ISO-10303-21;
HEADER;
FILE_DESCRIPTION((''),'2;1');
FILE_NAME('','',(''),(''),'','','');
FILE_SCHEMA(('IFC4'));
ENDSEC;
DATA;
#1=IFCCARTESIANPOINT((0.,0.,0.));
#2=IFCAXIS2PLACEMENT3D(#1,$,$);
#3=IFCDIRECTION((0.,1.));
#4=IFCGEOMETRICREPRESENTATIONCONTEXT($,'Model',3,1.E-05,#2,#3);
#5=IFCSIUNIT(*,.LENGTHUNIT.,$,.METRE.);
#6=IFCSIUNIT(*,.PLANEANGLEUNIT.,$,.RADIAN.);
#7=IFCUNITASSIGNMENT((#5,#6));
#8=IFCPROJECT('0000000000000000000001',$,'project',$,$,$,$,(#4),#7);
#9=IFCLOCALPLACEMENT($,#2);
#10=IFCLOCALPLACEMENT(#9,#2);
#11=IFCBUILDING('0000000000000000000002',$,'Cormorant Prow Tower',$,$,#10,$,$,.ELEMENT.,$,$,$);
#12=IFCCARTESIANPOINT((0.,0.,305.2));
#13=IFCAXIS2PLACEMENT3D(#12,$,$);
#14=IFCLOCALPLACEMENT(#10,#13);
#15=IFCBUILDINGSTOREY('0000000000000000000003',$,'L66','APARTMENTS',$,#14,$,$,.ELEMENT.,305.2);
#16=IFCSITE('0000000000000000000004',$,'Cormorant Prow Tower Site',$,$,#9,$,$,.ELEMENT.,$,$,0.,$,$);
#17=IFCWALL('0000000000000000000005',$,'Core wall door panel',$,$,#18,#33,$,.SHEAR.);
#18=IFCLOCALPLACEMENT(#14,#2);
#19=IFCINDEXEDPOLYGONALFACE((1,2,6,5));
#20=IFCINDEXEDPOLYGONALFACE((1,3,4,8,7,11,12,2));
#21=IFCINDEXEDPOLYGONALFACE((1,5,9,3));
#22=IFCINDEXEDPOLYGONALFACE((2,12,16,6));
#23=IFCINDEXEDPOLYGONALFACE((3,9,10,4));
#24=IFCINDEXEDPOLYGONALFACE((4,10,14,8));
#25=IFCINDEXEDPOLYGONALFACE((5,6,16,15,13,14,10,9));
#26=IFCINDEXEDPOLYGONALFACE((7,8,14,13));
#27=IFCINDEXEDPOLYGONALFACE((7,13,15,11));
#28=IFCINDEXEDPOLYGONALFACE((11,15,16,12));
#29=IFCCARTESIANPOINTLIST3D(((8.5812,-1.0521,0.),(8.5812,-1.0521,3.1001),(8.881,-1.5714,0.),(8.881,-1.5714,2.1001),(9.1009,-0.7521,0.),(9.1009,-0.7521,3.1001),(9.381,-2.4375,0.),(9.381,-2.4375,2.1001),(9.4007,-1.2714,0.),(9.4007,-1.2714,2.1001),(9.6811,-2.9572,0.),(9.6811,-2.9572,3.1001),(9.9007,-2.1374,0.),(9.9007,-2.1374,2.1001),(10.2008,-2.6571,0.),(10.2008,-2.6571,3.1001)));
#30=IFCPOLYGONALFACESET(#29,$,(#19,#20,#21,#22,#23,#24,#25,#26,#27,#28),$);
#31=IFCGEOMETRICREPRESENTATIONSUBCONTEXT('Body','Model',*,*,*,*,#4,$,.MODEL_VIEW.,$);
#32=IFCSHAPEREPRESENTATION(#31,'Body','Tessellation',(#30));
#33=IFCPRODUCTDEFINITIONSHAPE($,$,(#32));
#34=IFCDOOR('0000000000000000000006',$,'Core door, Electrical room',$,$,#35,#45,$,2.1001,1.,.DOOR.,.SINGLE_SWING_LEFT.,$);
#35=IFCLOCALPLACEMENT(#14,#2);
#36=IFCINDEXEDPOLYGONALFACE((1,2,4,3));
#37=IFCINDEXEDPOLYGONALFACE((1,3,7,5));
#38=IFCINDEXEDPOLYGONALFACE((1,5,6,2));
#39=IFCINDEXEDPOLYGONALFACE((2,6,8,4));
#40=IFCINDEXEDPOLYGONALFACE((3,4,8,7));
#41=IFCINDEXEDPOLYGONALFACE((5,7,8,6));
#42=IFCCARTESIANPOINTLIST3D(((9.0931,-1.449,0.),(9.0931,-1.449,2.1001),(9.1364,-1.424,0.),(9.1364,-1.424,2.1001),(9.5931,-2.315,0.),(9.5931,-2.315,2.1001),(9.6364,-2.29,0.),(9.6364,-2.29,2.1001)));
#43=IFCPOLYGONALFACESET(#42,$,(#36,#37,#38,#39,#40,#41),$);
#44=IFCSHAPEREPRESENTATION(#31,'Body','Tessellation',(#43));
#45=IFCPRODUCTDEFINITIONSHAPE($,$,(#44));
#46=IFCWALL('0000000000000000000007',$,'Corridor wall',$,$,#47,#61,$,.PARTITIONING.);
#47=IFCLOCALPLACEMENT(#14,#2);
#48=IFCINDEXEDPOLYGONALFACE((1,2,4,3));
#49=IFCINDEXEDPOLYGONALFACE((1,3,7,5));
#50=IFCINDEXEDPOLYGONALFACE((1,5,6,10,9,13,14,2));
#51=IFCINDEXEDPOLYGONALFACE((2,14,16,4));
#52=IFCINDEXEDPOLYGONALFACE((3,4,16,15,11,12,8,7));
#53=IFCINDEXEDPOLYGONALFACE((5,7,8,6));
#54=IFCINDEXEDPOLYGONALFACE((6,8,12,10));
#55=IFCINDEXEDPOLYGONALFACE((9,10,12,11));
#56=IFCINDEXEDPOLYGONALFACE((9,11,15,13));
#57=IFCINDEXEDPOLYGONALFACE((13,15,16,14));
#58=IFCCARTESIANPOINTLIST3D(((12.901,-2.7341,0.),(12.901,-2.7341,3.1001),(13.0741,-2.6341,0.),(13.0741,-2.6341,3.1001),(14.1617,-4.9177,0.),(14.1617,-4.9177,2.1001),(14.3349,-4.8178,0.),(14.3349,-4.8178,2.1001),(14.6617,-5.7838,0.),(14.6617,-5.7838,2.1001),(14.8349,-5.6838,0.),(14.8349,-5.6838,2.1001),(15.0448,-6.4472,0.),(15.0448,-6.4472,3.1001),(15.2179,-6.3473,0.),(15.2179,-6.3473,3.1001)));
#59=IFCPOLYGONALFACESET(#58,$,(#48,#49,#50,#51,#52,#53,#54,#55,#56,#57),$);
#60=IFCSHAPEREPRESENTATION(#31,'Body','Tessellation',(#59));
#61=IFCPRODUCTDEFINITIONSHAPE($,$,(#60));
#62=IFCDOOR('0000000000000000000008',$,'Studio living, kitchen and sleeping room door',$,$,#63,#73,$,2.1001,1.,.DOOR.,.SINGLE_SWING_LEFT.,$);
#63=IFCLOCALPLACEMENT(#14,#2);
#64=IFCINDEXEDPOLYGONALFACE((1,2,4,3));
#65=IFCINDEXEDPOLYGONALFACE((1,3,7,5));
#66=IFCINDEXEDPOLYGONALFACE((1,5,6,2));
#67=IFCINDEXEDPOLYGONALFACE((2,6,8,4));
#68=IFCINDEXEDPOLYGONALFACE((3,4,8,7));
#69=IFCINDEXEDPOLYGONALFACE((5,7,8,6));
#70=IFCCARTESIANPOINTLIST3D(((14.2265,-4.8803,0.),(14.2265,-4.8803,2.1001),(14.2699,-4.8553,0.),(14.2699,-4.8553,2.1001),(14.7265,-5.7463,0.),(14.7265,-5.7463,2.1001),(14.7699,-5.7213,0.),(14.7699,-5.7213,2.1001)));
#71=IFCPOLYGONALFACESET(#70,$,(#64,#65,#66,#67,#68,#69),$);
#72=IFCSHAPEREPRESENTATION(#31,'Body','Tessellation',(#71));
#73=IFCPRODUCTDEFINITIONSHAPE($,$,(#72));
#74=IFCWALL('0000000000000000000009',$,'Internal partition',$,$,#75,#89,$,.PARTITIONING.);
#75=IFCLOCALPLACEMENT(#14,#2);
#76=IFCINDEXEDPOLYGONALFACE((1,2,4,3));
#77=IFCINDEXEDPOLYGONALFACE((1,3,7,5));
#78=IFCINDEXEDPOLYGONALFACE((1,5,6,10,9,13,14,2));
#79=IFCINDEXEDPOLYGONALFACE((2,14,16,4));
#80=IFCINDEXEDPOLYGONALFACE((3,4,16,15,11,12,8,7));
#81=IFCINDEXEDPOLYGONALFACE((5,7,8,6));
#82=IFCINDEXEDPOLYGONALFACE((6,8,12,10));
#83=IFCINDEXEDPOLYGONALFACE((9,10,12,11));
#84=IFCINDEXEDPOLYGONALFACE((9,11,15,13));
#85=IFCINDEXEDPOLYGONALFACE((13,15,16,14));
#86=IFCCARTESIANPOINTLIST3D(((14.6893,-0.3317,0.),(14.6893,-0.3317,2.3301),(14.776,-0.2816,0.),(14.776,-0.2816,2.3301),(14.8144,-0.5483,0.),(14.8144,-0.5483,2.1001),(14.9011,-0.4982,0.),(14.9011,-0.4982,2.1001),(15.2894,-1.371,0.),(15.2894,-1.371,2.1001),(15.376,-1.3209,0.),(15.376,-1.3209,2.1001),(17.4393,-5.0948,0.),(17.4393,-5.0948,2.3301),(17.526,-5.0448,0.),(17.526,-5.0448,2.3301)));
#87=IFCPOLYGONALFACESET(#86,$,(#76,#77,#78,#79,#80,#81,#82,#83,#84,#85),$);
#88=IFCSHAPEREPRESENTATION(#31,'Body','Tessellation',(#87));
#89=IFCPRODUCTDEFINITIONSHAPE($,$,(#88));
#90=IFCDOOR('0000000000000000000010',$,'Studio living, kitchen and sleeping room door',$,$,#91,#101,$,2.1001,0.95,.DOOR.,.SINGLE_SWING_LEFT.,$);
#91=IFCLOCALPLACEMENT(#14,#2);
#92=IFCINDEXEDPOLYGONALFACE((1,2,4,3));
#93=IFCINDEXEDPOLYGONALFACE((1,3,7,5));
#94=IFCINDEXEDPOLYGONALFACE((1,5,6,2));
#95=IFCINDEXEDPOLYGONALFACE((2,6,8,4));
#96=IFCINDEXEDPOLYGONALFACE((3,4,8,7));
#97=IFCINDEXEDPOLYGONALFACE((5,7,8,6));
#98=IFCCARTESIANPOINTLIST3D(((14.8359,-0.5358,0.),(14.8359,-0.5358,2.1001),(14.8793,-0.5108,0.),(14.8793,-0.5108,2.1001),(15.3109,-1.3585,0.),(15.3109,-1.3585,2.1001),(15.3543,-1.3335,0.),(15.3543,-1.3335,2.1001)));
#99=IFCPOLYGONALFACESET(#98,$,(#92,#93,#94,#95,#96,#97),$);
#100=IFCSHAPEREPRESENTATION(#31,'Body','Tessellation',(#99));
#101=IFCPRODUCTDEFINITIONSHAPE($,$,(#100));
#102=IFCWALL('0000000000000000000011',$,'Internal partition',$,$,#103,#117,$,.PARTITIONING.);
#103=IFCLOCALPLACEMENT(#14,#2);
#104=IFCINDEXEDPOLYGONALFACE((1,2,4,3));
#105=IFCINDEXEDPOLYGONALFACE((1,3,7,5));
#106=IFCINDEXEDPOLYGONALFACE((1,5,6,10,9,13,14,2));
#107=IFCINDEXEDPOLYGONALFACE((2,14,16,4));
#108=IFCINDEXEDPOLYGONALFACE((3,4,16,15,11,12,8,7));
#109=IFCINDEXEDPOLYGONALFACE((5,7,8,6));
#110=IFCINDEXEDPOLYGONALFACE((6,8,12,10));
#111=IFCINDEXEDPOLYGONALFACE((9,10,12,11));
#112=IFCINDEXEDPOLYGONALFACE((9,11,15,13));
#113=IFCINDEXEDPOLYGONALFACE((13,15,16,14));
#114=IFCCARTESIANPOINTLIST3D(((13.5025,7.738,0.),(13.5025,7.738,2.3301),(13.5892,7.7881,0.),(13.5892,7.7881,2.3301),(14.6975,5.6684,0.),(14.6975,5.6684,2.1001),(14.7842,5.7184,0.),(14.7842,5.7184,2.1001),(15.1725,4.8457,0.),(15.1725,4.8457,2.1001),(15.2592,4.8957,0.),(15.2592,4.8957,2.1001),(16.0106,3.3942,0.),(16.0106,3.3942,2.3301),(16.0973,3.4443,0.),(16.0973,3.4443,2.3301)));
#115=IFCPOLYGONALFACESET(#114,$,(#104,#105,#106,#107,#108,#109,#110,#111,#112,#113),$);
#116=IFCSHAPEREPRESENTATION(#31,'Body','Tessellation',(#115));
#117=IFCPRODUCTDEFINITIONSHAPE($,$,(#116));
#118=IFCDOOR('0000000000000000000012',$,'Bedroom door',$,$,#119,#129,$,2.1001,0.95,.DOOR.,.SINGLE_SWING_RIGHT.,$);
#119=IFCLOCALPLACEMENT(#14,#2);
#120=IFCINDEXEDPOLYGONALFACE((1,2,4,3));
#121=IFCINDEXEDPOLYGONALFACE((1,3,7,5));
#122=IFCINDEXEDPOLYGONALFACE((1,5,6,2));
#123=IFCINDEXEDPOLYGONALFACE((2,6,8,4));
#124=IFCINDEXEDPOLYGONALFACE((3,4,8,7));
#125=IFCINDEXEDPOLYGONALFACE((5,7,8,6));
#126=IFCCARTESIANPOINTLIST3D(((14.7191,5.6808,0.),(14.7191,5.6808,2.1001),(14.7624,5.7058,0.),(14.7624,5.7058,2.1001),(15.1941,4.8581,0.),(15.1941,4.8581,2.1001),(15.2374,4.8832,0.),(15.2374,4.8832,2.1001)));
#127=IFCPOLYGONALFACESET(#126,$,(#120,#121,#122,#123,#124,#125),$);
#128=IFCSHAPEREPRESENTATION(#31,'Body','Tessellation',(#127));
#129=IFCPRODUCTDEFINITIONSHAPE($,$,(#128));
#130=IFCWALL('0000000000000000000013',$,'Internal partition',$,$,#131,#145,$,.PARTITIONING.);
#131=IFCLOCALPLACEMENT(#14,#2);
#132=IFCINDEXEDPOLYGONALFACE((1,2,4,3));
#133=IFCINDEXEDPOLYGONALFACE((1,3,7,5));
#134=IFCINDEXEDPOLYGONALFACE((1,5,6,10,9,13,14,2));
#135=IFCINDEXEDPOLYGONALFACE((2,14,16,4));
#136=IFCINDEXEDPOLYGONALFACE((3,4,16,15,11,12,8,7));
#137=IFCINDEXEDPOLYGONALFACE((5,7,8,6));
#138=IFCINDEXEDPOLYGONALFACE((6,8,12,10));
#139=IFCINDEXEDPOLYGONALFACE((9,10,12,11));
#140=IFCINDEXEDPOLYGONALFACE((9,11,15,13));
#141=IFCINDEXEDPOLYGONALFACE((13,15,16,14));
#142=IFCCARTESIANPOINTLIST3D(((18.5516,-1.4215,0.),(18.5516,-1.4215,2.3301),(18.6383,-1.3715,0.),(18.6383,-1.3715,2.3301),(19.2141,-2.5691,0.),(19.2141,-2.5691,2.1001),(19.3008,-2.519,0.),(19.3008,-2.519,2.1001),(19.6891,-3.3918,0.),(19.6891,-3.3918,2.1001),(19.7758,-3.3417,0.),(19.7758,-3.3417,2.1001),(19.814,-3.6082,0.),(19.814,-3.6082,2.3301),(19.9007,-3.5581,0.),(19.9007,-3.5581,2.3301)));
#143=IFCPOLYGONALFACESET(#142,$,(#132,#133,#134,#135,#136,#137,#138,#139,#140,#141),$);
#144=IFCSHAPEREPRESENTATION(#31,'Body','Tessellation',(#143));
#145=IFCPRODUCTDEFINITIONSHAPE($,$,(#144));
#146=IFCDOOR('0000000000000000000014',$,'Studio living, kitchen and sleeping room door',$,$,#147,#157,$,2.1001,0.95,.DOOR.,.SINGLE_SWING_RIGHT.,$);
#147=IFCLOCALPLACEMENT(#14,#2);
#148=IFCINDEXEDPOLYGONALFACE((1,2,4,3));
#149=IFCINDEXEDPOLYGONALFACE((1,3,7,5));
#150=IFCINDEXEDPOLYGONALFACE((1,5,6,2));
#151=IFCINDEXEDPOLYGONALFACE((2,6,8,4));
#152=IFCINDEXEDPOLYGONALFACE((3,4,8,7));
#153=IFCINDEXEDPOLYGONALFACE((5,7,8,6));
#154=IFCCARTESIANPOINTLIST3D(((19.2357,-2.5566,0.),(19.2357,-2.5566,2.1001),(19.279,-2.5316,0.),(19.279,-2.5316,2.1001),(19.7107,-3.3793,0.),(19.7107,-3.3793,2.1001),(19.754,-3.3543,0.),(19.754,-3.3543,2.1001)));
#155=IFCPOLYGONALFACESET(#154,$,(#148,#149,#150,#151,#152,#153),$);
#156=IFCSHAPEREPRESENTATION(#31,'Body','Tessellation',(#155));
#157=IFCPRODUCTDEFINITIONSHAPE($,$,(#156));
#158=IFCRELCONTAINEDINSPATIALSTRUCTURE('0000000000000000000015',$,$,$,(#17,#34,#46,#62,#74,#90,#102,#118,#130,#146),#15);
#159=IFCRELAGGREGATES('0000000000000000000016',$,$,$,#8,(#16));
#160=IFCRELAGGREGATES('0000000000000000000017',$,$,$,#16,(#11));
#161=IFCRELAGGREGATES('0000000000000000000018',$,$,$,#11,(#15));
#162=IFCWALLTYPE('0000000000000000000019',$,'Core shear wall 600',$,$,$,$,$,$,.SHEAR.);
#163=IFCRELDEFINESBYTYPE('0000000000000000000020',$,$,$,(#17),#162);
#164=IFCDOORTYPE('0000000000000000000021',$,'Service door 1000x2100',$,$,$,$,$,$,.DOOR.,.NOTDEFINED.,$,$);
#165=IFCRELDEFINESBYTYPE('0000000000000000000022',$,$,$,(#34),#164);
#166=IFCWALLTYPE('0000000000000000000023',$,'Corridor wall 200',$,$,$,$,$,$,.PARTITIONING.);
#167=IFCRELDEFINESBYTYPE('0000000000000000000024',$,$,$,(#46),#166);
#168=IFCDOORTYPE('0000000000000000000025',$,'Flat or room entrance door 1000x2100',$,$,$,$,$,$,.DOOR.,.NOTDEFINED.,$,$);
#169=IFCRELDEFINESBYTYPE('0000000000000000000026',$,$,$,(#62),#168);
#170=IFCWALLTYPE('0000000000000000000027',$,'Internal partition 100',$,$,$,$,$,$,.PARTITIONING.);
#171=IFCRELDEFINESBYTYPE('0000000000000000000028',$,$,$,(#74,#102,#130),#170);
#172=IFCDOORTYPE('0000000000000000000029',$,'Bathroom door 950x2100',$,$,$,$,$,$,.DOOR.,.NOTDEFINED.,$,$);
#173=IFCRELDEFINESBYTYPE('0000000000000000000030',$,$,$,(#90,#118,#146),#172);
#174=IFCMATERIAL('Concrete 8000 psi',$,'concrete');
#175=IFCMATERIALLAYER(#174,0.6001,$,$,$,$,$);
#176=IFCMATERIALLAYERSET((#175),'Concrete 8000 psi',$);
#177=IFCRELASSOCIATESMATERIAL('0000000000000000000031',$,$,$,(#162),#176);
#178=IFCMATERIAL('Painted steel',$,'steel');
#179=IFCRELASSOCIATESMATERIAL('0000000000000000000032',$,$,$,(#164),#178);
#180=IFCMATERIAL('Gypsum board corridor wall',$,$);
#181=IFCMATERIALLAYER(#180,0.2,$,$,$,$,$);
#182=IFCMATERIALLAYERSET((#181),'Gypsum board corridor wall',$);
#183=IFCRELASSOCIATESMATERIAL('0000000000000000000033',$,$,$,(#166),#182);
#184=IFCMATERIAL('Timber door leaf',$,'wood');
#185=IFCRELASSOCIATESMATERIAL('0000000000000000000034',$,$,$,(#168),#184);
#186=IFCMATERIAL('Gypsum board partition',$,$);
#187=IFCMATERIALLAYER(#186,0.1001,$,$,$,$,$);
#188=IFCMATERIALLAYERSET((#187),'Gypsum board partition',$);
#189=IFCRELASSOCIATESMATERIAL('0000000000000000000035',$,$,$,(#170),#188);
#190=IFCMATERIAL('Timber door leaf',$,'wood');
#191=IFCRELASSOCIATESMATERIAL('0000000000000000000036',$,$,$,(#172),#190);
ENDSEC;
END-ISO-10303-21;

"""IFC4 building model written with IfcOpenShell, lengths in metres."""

from ifc_helpers import new_model, si_unit, direction, frame, frame_2d, origin, place, context, subcontext, project, spatial, rectangle, extrude, material, layer, layer_set, type_object, element, fill, save


model = new_model("IFC4")

# Units and contexts
model_context = context("Model", 3, precision=1e-05, world=origin(), true_north=direction((0.0, 1.0)))
body_context = subcontext(model_context, "Body", "Model", "MODEL_VIEW")
ifc_project = project(units=[si_unit("LENGTHUNIT", "METRE"), si_unit("PLANEANGLEUNIT", "RADIAN")], contexts=[model_context])

# Site, building, storey
site_placement = place(None, origin())
site = spatial("IfcSite", under=ifc_project, at=site_placement, Name="Cormorant Prow Tower Site", CompositionType="ELEMENT", RefElevation=0.0)
building_placement = place(site_placement, origin())
building = spatial("IfcBuilding", under=site, at=building_placement, Name="Cormorant Prow Tower", CompositionType="ELEMENT")
storey_placement = place(building_placement, frame((0.0, 0.0, 305.2)))
storey = spatial("IfcBuildingStorey", under=building, at=storey_placement, Name="L66", Description="APARTMENTS", CompositionType="ELEMENT", Elevation=305.2)

# Walls, openings, doors
ifc_material_1 = material(Name="Concrete 8000 psi", Category="concrete")
ifc_layer_1 = layer(ifc_material_1, 0.6001)
ifc_layer_set_1 = layer_set([ifc_layer_1], Name="Concrete 8000 psi")
wall_type_1 = type_object("IfcWallType", Name="Core shear wall 600", PredefinedType="SHEAR", material=ifc_layer_set_1)
wall_1_placement = place(storey_placement, frame((9.9409, -2.8071, 0.0), z_axis=(0.0, 0.0, 1.0), x_axis=(-0.499995, 0.866028, 0.0)))
wall_1 = element("IfcWall", 1, at=wall_1_placement, inside=storey, type_object=wall_type_1, Name="Core wall door panel", PredefinedType="SHEAR", context=body_context, shape_type="SweptSolid", body=[
    extrude(rectangle(XDim=2.1997, YDim=0.6001, at=frame_2d((1.0999, 0.0))), origin(), (0.0, 0.0, 1.0), 3.1001),
])
opening_1_placement = place(wall_1_placement, frame((0.6001, 0.0, 0.0)))
opening_1 = element("IfcOpeningElement", 2, at=opening_1_placement, cuts=wall_1, PredefinedType="OPENING", context=body_context, shape_type="SweptSolid", body=[
    extrude(rectangle(XDim=1.0, YDim=2.1001, at=frame_2d((0.5, 1.05))), frame((0.0, 0.3101, 0.0), z_axis=(0.0, -1.0, 0.0), x_axis=(1.0, 0.0, 0.0)), (0.0, 0.0, 1.0), 0.6201),
])
ifc_material_2 = material(Name="Painted steel", Category="steel")
door_type_1 = type_object("IfcDoorType", Name="Service door 1000x2100", OperationType="NOTDEFINED", PredefinedType="DOOR", material=ifc_material_2)
door_1_placement = place(opening_1_placement, origin())
door_1 = element("IfcDoor", 3, at=door_1_placement, inside=storey, type_object=door_type_1, Name="Core door, Electrical room", OperationType="SINGLE_SWING_LEFT", OverallHeight=2.1001, OverallWidth=1.0, PredefinedType="DOOR", context=body_context, shape_type="SweptSolid", body=[
    extrude(rectangle(XDim=1.0, YDim=2.1001, at=frame_2d((0.5, 1.05))), frame((0.0, 0.0552, 0.0), z_axis=(0.0, -1.0, 0.0), x_axis=(1.0, 0.0, 0.0)), (0.0, 0.0, 1.0), 0.05),
])
fill(opening_1, door_1)
ifc_material_3 = material(Name="Gypsum board corridor wall")
ifc_layer_2 = layer(ifc_material_3, 0.2)
ifc_layer_set_2 = layer_set([ifc_layer_2], Name="Gypsum board corridor wall")
wall_type_2 = type_object("IfcWallType", Name="Corridor wall 200", PredefinedType="PARTITIONING", material=ifc_layer_set_2)
wall_2_placement = place(storey_placement, frame((12.9875, -2.6841, 0.0), z_axis=(0.0, 0.0, 1.0), x_axis=(0.500003, -0.866023, 0.0)))
wall_2 = element("IfcWall", 4, at=wall_2_placement, inside=storey, type_object=wall_type_2, Name="Corridor wall", PredefinedType="PARTITIONING", context=body_context, shape_type="SweptSolid", body=[
    extrude(rectangle(XDim=4.2876, YDim=0.2, at=frame_2d((2.1438, 0.0))), origin(), (0.0, 0.0, 1.0), 3.1001),
])
opening_2_placement = place(wall_2_placement, frame((2.5215, 0.0, 0.0)))
opening_2 = element("IfcOpeningElement", 5, at=opening_2_placement, cuts=wall_2, PredefinedType="OPENING", context=body_context, shape_type="SweptSolid", body=[
    extrude(rectangle(XDim=1.0, YDim=2.1001, at=frame_2d((0.5, 1.05))), frame((0.0, 0.1099, 0.0), z_axis=(0.0, -1.0, 0.0), x_axis=(1.0, 0.0, 0.0)), (0.0, 0.0, 1.0), 0.22),
])
ifc_material_4 = material(Name="Timber door leaf", Category="wood")
door_type_2 = type_object("IfcDoorType", Name="Flat or room entrance door 1000x2100", OperationType="NOTDEFINED", PredefinedType="DOOR", material=ifc_material_4)
door_2_placement = place(opening_2_placement, origin())
door_2 = element("IfcDoor", 6, at=door_2_placement, inside=storey, type_object=door_type_2, Name="Studio living, kitchen and sleeping room door", OperationType="SINGLE_SWING_LEFT", OverallHeight=2.1001, OverallWidth=1.0, PredefinedType="DOOR", context=body_context, shape_type="SweptSolid", body=[
    extrude(rectangle(XDim=1.0, YDim=2.1001, at=frame_2d((0.5, 1.05))), frame((0.0, 0.0249, 0.0), z_axis=(0.0, -1.0, 0.0), x_axis=(1.0, 0.0, 0.0)), (0.0, 0.0, 1.0), 0.05),
])
fill(opening_2, door_2)
ifc_material_5 = material(Name="Gypsum board partition")
ifc_layer_3 = layer(ifc_material_5, 0.1001)
ifc_layer_set_3 = layer_set([ifc_layer_3], Name="Gypsum board partition")
wall_type_3 = type_object("IfcWallType", Name="Internal partition 100", PredefinedType="PARTITIONING", material=ifc_layer_set_3)
wall_3_placement = place(storey_placement, frame((14.7327, -0.3066, 0.0), z_axis=(0.0, 0.0, 1.0), x_axis=(0.499997, -0.866027, 0.0)))
wall_3 = element("IfcWall", 7, at=wall_3_placement, inside=storey, type_object=wall_type_3, Name="Internal partition", PredefinedType="PARTITIONING", context=body_context, shape_type="SweptSolid", body=[
    extrude(rectangle(XDim=5.5, YDim=0.1001, at=frame_2d((2.75, 0.0))), origin(), (0.0, 0.0, 1.0), 2.3301),
])
opening_3_placement = place(wall_3_placement, frame((0.25, 0.0, 0.0)))
opening_3 = element("IfcOpeningElement", 8, at=opening_3_placement, cuts=wall_3, PredefinedType="OPENING", context=body_context, shape_type="SweptSolid", body=[
    extrude(rectangle(XDim=0.95, YDim=2.1001, at=frame_2d((0.4751, 1.05))), frame((0.0, 0.0601, 0.0), z_axis=(0.0, -1.0, 0.0), x_axis=(1.0, 0.0, 0.0)), (0.0, 0.0, 1.0), 0.1201),
])
ifc_material_6 = material(Name="Timber door leaf", Category="wood")
door_type_3 = type_object("IfcDoorType", Name="Bathroom door 950x2100", OperationType="NOTDEFINED", PredefinedType="DOOR", material=ifc_material_6)
door_3_placement = place(opening_3_placement, origin())
door_3 = element("IfcDoor", 9, at=door_3_placement, inside=storey, type_object=door_type_3, Name="Studio living, kitchen and sleeping room door", OperationType="SINGLE_SWING_LEFT", OverallHeight=2.1001, OverallWidth=0.95, PredefinedType="DOOR", context=body_context, shape_type="SweptSolid", body=[
    extrude(rectangle(XDim=0.95, YDim=2.1001, at=frame_2d((0.4751, 1.05))), frame((0.0, 0.0249, 0.0), z_axis=(0.0, -1.0, 0.0), x_axis=(1.0, 0.0, 0.0)), (0.0, 0.0, 1.0), 0.05),
])
fill(opening_3, door_3)
wall_4_placement = place(storey_placement, frame((13.5459, 7.7629, 0.0), z_axis=(0.0, 0.0, 1.0), x_axis=(0.500029, -0.866009, 0.0)))
wall_4 = element("IfcWall", 10, at=wall_4_placement, inside=storey, type_object=wall_type_3, Name="Internal partition", PredefinedType="PARTITIONING", context=body_context, shape_type="SweptSolid", body=[
    extrude(rectangle(XDim=5.0159, YDim=0.1001, at=frame_2d((2.5078, 0.0))), origin(), (0.0, 0.0, 1.0), 2.3301),
])
opening_4_placement = place(wall_4_placement, frame((2.3896, 0.0, 0.0)))
opening_4 = element("IfcOpeningElement", 11, at=opening_4_placement, cuts=wall_4, PredefinedType="OPENING", context=body_context, shape_type="SweptSolid", body=[
    extrude(rectangle(XDim=0.95, YDim=2.1001, at=frame_2d((0.4751, 1.05))), frame((0.0, 0.0601, 0.0), z_axis=(0.0, -1.0, 0.0), x_axis=(1.0, 0.0, 0.0)), (0.0, 0.0, 1.0), 0.1201),
])
door_4_placement = place(opening_4_placement, origin())
door_4 = element("IfcDoor", 12, at=door_4_placement, inside=storey, type_object=door_type_3, Name="Bedroom door", OperationType="SINGLE_SWING_RIGHT", OverallHeight=2.1001, OverallWidth=0.95, PredefinedType="DOOR", context=body_context, shape_type="SweptSolid", body=[
    extrude(rectangle(XDim=0.95, YDim=2.1001, at=frame_2d((0.4751, 1.05))), frame((0.0, 0.0249, 0.0), z_axis=(0.0, -1.0, 0.0), x_axis=(1.0, 0.0, 0.0)), (0.0, 0.0, 1.0), 0.05),
])
fill(opening_4, door_4)
wall_5_placement = place(storey_placement, frame((18.595, -1.3965, 0.0), z_axis=(0.0, 0.0, 1.0), x_axis=(0.499976, -0.866039, 0.0)))
wall_5 = element("IfcWall", 13, at=wall_5_placement, inside=storey, type_object=wall_type_3, Name="Internal partition", PredefinedType="PARTITIONING", context=body_context, shape_type="SweptSolid", body=[
    extrude(rectangle(XDim=2.5249, YDim=0.1001, at=frame_2d((1.2625, 0.0))), origin(), (0.0, 0.0, 1.0), 2.3301),
])
opening_5_placement = place(wall_5_placement, frame((1.325, 0.0, 0.0)))
opening_5 = element("IfcOpeningElement", 14, at=opening_5_placement, cuts=wall_5, PredefinedType="OPENING", context=body_context, shape_type="SweptSolid", body=[
    extrude(rectangle(XDim=0.95, YDim=2.1001, at=frame_2d((0.4751, 1.05))), frame((0.0, 0.0601, 0.0), z_axis=(0.0, -1.0, 0.0), x_axis=(1.0, 0.0, 0.0)), (0.0, 0.0, 1.0), 0.1201),
])
door_5_placement = place(opening_5_placement, origin())
door_5 = element("IfcDoor", 15, at=door_5_placement, inside=storey, type_object=door_type_3, Name="Studio living, kitchen and sleeping room door", OperationType="SINGLE_SWING_RIGHT", OverallHeight=2.1001, OverallWidth=0.95, PredefinedType="DOOR", context=body_context, shape_type="SweptSolid", body=[
    extrude(rectangle(XDim=0.95, YDim=2.1001, at=frame_2d((0.4751, 1.05))), frame((0.0, 0.0249, 0.0), z_axis=(0.0, -1.0, 0.0), x_axis=(1.0, 0.0, 0.0)), (0.0, 0.0, 1.0), 0.05),
])
fill(opening_5, door_5)

save(model, "model.ifc")
